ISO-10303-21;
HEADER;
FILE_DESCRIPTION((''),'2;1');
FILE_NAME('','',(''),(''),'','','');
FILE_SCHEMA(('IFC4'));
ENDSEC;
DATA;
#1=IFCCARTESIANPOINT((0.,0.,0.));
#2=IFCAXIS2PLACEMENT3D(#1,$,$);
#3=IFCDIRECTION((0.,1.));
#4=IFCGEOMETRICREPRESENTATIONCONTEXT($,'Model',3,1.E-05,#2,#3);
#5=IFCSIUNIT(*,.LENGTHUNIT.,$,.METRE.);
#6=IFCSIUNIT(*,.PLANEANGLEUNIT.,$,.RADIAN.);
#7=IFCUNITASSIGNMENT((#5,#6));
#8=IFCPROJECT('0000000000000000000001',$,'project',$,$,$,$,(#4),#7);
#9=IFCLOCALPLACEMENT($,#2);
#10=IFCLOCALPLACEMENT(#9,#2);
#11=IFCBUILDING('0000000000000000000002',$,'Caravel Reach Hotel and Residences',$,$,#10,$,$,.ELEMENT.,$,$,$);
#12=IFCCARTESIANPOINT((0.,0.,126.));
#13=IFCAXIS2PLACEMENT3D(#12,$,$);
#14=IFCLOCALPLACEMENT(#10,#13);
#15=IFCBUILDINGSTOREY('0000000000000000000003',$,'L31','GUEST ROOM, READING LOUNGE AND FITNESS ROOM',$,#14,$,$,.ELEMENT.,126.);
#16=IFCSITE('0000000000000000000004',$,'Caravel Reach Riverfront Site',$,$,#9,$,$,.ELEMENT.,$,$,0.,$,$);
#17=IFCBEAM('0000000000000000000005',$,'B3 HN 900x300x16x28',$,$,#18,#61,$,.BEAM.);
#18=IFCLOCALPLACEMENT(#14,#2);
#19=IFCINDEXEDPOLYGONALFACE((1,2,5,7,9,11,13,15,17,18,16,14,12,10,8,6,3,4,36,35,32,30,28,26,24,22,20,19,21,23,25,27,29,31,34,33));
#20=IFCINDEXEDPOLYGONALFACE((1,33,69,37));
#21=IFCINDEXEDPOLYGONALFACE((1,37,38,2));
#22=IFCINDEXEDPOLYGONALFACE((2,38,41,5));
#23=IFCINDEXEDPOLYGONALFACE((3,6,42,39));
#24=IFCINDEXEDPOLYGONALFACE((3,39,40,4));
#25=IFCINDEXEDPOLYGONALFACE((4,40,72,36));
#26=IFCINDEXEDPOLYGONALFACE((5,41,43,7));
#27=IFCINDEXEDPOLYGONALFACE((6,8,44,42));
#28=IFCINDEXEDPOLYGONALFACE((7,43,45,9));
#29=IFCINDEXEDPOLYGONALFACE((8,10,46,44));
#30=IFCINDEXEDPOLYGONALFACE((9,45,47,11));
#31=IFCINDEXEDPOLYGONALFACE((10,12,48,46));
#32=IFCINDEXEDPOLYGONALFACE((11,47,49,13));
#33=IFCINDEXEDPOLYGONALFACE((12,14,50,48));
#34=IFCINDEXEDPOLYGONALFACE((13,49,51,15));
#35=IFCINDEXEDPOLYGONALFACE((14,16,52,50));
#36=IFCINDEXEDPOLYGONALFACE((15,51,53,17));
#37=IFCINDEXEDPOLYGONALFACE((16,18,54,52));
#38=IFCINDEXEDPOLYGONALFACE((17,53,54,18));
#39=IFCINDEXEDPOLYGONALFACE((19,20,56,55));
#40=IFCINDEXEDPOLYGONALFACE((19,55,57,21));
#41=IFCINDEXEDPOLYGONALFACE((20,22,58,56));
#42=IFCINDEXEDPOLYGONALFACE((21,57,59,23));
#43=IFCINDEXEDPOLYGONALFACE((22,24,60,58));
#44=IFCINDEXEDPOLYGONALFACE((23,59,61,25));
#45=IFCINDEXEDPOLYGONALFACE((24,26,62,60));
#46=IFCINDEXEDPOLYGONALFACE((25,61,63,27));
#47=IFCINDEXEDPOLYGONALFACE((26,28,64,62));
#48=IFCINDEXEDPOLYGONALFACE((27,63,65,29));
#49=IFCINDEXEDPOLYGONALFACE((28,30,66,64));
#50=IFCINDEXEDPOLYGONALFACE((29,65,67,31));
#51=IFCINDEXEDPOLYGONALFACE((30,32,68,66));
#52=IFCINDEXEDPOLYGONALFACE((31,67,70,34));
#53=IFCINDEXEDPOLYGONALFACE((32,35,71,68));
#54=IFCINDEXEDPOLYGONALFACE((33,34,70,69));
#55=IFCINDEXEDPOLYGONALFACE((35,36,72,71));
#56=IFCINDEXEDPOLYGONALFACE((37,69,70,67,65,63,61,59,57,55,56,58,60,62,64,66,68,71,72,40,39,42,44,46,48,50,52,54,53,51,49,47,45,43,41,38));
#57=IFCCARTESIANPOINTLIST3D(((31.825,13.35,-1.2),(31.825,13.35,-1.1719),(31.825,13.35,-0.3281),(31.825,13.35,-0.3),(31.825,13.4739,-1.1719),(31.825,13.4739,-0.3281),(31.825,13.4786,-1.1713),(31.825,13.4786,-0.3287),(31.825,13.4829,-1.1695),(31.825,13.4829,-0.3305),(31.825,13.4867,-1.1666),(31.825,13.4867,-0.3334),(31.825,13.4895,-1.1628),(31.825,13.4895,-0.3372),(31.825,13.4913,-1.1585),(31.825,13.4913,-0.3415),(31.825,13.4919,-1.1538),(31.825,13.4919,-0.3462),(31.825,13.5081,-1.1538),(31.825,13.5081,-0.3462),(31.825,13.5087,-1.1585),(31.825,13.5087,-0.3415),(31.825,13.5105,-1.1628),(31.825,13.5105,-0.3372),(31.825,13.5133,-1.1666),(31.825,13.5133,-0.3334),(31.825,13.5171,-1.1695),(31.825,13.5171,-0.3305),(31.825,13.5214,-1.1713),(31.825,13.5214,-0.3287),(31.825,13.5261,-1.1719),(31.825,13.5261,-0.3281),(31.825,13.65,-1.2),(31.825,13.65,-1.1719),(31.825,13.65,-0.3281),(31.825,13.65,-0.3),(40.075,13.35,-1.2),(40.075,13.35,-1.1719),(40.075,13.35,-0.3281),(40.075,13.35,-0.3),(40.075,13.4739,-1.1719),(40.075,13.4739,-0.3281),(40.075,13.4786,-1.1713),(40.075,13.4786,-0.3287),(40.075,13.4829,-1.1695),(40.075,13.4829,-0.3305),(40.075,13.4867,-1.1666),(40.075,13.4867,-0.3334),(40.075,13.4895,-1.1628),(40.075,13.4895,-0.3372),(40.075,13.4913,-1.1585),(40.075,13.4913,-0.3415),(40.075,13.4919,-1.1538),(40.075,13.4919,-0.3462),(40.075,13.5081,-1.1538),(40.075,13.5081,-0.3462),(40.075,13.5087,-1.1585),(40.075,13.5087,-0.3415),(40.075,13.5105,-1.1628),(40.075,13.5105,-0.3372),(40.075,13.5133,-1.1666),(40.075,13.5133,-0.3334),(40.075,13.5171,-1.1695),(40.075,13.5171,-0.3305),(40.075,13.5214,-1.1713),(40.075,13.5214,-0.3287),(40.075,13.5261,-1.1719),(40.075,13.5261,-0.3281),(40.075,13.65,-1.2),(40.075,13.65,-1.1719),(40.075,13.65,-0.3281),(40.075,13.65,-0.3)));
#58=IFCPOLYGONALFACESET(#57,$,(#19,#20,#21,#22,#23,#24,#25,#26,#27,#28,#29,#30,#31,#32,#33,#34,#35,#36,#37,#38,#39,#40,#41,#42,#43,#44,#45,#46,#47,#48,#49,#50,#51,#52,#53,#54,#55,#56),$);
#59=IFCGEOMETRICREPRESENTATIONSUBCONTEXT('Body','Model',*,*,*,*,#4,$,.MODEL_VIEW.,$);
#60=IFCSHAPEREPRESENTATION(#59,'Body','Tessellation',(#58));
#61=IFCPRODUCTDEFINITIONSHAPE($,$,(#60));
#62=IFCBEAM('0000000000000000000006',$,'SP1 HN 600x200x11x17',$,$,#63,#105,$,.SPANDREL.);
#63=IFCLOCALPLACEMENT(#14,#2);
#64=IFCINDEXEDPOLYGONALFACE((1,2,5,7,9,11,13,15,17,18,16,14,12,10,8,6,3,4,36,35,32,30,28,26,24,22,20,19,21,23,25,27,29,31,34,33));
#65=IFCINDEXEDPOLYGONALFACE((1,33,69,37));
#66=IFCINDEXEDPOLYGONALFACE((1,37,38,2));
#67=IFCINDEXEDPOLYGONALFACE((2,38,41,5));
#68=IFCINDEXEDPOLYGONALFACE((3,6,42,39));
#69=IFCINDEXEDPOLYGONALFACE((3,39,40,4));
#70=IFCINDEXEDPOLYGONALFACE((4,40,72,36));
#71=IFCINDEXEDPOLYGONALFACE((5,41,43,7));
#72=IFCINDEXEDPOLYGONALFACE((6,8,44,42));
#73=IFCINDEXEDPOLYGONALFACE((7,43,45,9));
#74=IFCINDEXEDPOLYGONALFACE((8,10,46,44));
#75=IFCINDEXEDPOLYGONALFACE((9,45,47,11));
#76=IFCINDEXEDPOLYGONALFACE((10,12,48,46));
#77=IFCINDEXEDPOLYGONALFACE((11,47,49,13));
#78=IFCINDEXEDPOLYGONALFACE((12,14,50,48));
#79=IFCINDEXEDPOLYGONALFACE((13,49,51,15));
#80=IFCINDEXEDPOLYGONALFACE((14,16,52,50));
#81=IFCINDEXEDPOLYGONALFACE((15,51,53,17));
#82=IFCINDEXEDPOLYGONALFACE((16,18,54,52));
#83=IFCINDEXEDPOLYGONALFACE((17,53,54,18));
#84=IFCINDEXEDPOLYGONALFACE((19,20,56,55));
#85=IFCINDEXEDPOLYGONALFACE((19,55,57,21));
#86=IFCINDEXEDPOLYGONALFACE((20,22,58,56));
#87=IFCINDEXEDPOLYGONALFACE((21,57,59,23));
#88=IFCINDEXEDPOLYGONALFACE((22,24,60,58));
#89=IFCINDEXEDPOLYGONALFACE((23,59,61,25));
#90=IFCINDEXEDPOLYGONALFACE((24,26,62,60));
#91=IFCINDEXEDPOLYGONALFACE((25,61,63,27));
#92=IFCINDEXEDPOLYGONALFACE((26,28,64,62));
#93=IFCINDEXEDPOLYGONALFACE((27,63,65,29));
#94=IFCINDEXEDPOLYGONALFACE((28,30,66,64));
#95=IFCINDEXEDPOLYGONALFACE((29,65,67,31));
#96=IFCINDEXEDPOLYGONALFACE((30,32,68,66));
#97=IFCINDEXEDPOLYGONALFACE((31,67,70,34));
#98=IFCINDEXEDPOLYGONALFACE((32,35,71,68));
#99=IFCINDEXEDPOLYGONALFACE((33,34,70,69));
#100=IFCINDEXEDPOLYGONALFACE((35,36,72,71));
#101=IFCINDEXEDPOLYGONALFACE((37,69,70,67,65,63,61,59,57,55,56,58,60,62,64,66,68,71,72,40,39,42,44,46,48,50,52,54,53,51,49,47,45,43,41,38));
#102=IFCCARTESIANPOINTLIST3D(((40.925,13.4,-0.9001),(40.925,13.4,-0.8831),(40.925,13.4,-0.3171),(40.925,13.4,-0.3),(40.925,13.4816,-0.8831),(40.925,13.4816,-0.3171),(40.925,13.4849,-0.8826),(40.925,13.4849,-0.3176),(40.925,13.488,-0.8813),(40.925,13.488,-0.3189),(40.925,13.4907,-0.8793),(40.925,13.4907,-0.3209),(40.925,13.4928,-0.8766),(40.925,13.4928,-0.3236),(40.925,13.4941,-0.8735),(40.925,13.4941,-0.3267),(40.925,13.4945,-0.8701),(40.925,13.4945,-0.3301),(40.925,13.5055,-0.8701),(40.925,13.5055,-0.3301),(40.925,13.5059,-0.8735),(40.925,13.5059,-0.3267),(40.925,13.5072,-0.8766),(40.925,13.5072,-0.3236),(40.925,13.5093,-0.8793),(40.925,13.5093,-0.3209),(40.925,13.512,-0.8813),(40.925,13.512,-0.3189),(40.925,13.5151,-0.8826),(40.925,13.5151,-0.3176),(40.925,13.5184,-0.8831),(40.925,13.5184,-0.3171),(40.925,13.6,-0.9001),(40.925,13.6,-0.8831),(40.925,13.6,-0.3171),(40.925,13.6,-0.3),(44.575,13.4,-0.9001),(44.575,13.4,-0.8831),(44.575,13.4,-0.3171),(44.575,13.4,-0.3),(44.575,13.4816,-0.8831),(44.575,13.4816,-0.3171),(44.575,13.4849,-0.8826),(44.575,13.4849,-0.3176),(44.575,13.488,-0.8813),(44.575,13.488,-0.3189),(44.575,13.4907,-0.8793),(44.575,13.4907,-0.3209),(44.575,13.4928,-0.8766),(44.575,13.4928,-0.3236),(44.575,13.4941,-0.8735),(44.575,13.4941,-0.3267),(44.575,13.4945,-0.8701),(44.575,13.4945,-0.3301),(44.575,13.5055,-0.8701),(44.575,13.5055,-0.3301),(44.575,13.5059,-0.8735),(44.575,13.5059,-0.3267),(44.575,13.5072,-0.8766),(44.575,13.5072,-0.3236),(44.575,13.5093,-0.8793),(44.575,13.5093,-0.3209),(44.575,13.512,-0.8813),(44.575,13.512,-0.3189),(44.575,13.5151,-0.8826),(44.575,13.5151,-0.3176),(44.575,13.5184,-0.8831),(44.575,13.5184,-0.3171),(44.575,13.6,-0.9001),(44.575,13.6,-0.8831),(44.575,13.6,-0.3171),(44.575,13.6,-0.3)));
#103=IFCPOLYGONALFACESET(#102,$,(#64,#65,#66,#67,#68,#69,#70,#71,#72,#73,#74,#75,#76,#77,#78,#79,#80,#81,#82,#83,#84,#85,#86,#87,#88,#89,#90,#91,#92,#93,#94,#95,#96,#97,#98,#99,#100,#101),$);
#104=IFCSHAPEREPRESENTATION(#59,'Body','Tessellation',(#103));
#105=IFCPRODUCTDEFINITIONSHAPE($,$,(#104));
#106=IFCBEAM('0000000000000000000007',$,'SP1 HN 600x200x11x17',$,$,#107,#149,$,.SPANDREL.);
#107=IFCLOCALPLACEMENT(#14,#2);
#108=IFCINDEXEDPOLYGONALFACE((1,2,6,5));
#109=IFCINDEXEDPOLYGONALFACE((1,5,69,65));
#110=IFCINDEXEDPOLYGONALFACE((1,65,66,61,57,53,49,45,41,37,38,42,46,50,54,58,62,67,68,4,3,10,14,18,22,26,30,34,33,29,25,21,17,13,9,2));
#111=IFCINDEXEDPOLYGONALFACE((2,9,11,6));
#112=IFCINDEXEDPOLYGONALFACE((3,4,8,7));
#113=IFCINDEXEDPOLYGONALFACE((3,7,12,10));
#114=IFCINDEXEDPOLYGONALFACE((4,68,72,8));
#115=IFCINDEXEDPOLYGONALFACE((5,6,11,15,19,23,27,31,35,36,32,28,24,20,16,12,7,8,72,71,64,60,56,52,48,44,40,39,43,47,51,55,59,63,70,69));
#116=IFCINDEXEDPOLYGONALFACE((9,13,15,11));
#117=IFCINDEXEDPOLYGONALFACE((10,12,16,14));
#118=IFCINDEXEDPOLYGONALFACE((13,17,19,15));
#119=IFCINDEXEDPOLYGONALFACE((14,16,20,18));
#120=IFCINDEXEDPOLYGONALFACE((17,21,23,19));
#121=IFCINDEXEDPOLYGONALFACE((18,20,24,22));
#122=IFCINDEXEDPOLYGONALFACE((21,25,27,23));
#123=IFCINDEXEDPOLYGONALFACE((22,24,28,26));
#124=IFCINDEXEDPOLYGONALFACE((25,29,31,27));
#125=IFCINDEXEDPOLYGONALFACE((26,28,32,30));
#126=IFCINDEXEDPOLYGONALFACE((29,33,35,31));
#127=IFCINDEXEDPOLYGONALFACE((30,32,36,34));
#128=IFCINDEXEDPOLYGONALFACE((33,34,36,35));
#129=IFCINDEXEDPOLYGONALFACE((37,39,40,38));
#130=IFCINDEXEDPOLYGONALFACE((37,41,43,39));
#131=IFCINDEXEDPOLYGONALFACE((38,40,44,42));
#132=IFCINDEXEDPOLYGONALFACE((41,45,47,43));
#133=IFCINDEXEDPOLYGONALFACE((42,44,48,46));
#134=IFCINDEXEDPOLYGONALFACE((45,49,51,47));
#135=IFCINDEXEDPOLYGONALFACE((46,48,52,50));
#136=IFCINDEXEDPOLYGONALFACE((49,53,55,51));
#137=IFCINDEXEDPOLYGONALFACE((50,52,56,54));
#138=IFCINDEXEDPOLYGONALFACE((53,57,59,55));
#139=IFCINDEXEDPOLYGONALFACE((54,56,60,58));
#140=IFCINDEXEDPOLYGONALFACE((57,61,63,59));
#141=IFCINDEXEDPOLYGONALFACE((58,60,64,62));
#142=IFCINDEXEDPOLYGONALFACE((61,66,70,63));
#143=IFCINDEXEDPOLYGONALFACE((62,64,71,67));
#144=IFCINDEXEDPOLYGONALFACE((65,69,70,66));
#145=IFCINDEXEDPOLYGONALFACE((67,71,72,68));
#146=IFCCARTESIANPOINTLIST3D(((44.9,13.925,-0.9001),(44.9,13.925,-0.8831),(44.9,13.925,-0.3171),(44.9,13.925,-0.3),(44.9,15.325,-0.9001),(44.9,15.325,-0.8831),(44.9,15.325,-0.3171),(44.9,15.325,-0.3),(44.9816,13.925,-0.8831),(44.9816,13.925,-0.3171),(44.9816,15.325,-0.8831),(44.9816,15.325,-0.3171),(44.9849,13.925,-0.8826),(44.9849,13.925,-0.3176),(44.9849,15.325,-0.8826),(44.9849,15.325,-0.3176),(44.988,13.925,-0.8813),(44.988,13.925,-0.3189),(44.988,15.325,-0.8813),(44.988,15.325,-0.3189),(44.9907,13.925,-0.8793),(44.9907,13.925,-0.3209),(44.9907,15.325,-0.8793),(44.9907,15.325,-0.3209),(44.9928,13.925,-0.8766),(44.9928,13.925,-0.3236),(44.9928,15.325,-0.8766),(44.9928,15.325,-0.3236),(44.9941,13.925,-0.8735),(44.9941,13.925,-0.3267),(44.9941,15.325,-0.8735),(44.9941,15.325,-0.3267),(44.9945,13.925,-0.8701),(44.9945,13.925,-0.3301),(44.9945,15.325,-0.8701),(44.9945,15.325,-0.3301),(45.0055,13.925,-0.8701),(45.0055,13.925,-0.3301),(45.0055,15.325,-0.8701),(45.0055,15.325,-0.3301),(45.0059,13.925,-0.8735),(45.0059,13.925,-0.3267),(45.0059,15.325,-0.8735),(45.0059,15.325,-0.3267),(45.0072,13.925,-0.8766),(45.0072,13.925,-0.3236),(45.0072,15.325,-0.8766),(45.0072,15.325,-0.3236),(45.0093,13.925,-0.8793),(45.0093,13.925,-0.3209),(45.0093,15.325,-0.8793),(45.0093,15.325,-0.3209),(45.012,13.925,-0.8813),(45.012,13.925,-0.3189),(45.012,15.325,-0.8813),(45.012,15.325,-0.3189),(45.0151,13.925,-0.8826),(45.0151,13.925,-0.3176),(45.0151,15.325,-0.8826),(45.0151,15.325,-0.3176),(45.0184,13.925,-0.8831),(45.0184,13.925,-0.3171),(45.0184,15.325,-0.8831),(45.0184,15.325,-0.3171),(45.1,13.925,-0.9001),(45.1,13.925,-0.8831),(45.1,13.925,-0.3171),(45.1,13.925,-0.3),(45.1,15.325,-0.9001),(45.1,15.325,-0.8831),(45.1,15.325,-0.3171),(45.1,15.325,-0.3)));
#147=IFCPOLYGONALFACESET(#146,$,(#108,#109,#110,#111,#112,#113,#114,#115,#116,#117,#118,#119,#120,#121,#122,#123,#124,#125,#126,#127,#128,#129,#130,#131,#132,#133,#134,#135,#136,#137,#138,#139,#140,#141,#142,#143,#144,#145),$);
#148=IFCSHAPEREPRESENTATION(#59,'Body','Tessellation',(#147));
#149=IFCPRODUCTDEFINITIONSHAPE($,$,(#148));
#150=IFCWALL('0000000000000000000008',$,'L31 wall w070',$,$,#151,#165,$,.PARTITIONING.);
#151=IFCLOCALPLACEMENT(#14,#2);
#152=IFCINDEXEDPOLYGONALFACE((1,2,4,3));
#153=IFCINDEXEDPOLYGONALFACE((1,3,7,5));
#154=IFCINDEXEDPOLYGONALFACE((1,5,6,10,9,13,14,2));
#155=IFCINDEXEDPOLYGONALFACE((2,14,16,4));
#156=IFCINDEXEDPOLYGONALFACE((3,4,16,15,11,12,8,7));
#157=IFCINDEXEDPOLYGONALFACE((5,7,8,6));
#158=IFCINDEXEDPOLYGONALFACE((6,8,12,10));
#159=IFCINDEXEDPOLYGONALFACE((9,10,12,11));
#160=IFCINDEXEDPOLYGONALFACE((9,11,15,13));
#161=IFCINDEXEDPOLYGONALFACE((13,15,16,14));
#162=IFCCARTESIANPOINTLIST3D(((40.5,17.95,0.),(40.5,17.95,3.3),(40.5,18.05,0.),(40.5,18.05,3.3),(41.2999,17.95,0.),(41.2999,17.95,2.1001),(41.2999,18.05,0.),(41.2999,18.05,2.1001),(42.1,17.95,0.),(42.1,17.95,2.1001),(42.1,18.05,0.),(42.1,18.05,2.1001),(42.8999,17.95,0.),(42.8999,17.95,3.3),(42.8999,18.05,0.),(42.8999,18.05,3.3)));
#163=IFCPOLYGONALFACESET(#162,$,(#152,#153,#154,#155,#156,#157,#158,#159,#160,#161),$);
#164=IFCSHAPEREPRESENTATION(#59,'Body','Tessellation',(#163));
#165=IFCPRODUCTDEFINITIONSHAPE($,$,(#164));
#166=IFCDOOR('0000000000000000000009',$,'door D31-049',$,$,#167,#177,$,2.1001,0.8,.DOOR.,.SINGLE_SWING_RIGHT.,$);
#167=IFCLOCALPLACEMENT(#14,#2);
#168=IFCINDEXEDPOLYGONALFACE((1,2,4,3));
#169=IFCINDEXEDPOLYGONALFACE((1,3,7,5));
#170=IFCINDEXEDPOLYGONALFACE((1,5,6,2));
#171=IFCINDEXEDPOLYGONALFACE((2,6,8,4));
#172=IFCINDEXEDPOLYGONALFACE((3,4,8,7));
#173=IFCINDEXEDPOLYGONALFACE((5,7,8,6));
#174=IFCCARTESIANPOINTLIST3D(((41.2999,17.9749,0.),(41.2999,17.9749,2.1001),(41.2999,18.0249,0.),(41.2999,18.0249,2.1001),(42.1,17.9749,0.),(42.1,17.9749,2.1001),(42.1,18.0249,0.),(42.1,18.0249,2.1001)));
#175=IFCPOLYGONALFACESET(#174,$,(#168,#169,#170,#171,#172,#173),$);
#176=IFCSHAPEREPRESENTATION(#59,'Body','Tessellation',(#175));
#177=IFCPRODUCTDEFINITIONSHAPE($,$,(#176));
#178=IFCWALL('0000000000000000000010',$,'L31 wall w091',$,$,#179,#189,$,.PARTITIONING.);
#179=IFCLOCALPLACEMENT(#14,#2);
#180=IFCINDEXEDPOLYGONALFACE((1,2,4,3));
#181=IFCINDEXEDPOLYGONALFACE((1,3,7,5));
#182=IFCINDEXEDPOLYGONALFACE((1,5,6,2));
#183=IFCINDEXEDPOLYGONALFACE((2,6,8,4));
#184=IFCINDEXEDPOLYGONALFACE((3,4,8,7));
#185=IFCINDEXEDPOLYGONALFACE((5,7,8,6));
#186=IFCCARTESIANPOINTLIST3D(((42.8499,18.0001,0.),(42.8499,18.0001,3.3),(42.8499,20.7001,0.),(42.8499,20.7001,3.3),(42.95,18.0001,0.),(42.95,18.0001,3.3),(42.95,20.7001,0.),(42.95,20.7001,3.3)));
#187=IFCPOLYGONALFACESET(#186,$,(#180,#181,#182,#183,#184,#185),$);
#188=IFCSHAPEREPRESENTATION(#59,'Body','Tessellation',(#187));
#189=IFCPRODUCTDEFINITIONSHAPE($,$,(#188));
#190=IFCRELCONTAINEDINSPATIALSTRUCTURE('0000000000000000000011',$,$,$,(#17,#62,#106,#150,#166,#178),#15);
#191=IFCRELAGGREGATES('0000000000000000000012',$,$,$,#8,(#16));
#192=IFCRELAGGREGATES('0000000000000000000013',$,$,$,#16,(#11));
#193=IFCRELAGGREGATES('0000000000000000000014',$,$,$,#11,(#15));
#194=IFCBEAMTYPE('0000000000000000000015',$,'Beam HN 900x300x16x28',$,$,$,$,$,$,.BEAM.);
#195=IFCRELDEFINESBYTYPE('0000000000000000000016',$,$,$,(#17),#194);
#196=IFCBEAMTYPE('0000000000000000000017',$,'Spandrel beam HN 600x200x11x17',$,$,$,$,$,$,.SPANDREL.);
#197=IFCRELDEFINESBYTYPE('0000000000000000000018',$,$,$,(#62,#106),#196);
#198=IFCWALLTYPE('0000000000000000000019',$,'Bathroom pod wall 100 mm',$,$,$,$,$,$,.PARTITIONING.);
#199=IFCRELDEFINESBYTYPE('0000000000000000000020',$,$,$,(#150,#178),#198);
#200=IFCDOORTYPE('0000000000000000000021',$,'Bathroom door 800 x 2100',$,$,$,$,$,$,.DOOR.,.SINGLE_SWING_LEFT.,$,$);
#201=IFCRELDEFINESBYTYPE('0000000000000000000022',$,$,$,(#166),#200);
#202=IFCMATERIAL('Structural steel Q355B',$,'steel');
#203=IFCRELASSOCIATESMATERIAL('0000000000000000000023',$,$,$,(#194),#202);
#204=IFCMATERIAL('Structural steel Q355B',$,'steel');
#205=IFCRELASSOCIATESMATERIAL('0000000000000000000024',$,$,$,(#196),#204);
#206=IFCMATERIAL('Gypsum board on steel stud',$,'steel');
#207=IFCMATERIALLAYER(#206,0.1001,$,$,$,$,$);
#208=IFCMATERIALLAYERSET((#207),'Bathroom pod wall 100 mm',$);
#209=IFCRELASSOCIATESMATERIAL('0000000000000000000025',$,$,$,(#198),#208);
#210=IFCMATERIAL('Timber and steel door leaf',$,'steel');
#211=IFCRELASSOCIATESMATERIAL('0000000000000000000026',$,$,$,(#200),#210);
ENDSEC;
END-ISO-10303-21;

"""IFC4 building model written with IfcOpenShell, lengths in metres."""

from ifc_helpers import new_model, si_unit, direction, frame, frame_2d, origin, origin_2d, place, context, subcontext, project, spatial, rectangle, i_section, extrude, material, layer, layer_set, material_profile, profile_set, type_object, element, fill, save


model = new_model("IFC4")

# Units and contexts
model_context = context("Model", 3, precision=1e-05, world=origin(), true_north=direction((0.0, 1.0)))
body_context = subcontext(model_context, "Body", "Model", "MODEL_VIEW")
ifc_project = project(units=[si_unit("LENGTHUNIT", "METRE"), si_unit("PLANEANGLEUNIT", "RADIAN")], contexts=[model_context])

# Site, building, storey
site_placement = place(None, origin())
site = spatial("IfcSite", under=ifc_project, at=site_placement, Name="Caravel Reach Riverfront Site", CompositionType="ELEMENT", RefElevation=0.0)
building_placement = place(site_placement, origin())
building = spatial("IfcBuilding", under=site, at=building_placement, Name="Caravel Reach Hotel and Residences", CompositionType="ELEMENT")
storey_placement = place(building_placement, frame((0.0, 0.0, 126.0)))
storey = spatial("IfcBuildingStorey", under=building, at=storey_placement, Name="L31", Description="GUEST ROOM, READING LOUNGE AND FITNESS ROOM", CompositionType="ELEMENT", Elevation=126.0)

# Beams
ifc_material_1 = material(Name="Structural steel Q355B", Category="steel")
ifc_material_profile_1 = material_profile(ifc_material_1, i_section(OverallWidth=0.3, OverallDepth=0.8999, WebThickness=0.0161, FlangeThickness=0.0281, FilletRadius=0.0181, at=origin_2d()), Name="HN 900x300x16x28")
ifc_profile_set_1 = profile_set([ifc_material_profile_1], Name="Structural steel Q355B")
beam_type_1 = type_object("IfcBeamType", Name="Beam HN 900x300x16x28", PredefinedType="BEAM", material=ifc_profile_set_1)
beam_1_placement = place(storey_placement, frame((31.825, 13.5, -0.75), z_axis=(1.0, 0.0, 0.0), x_axis=(0.0, 1.0, 0.0)))
element("IfcBeam", 1, at=beam_1_placement, inside=storey, type_object=beam_type_1, Name="B3 HN 900x300x16x28", PredefinedType="BEAM", context=body_context, shape_type="SweptSolid", body=[
    extrude(i_section(OverallWidth=0.3, OverallDepth=0.8999, WebThickness=0.0161, FlangeThickness=0.0281, FilletRadius=0.0181, at=origin_2d()), origin(), (0.0, 0.0, 1.0), 8.25),
])
ifc_material_2 = material(Name="Structural steel Q355B", Category="steel")
ifc_material_profile_2 = material_profile(ifc_material_2, i_section(OverallWidth=0.2, OverallDepth=0.6001, WebThickness=0.011, FlangeThickness=0.0171, FilletRadius=0.0129, at=origin_2d()), Name="HN 600x200x11x17")
ifc_profile_set_2 = profile_set([ifc_material_profile_2], Name="Structural steel Q355B")
beam_type_2 = type_object("IfcBeamType", Name="Spandrel beam HN 600x200x11x17", PredefinedType="SPANDREL", material=ifc_profile_set_2)
beam_2_placement = place(storey_placement, frame((40.925, 13.5, -0.6001), z_axis=(1.0, 0.0, 0.0), x_axis=(0.0, 1.0, 0.0)))
element("IfcBeam", 2, at=beam_2_placement, inside=storey, type_object=beam_type_2, Name="SP1 HN 600x200x11x17", PredefinedType="SPANDREL", context=body_context, shape_type="SweptSolid", body=[
    extrude(i_section(OverallWidth=0.2, OverallDepth=0.6001, WebThickness=0.011, FlangeThickness=0.0171, FilletRadius=0.0129, at=origin_2d()), origin(), (0.0, 0.0, 1.0), 3.6499),
])
beam_3_placement = place(storey_placement, frame((45.0, 13.925, -0.6001), z_axis=(0.0, 1.0, 0.0), x_axis=(-1.0, 0.0, 0.0)))
element("IfcBeam", 3, at=beam_3_placement, inside=storey, type_object=beam_type_2, Name="SP1 HN 600x200x11x17", PredefinedType="SPANDREL", context=body_context, shape_type="SweptSolid", body=[
    extrude(i_section(OverallWidth=0.2, OverallDepth=0.6001, WebThickness=0.011, FlangeThickness=0.0171, FilletRadius=0.0129, at=origin_2d()), origin(), (0.0, 0.0, 1.0), 1.3999),
])

# Wall, opening, door
ifc_material_3 = material(Name="Gypsum board on steel stud", Category="steel")
ifc_layer_1 = layer(ifc_material_3, 0.1001)
ifc_layer_set_1 = layer_set([ifc_layer_1], Name="Bathroom pod wall 100 mm")
wall_type_1 = type_object("IfcWallType", Name="Bathroom pod wall 100 mm", PredefinedType="PARTITIONING", material=ifc_layer_set_1)
wall_1_placement = place(storey_placement, frame((40.5, 18.0, 0.0), z_axis=(0.0, 0.0, 1.0), x_axis=(1.0, 0.0, 0.0)))
wall_1 = element("IfcWall", 4, at=wall_1_placement, inside=storey, type_object=wall_type_1, Name="L31 wall w070", PredefinedType="PARTITIONING", context=body_context, shape_type="SweptSolid", body=[
    extrude(rectangle(XDim=2.3999, YDim=0.1001, at=frame_2d((1.2, 0.0))), origin(), (0.0, 0.0, 1.0), 3.3),
])
opening_1_placement = place(wall_1_placement, frame((0.8, 0.0, 0.0)))
opening_1 = element("IfcOpeningElement", 5, at=opening_1_placement, cuts=wall_1, PredefinedType="OPENING", context=body_context, shape_type="SweptSolid", body=[
    extrude(rectangle(XDim=0.8, YDim=2.1001, at=frame_2d((0.3999, 1.05))), frame((0.0, 0.0601, 0.0), z_axis=(0.0, -1.0, 0.0), x_axis=(1.0, 0.0, 0.0)), (0.0, 0.0, 1.0), 0.1201),
])
ifc_material_4 = material(Name="Timber and steel door leaf", Category="steel")
door_type_1 = type_object("IfcDoorType", Name="Bathroom door 800 x 2100", OperationType="SINGLE_SWING_LEFT", PredefinedType="DOOR", material=ifc_material_4)
door_1_placement = place(opening_1_placement, origin())
door_1 = element("IfcDoor", 6, at=door_1_placement, inside=storey, type_object=door_type_1, Name="door D31-049", OperationType="SINGLE_SWING_RIGHT", OverallHeight=2.1001, OverallWidth=0.8, PredefinedType="DOOR", context=body_context, shape_type="SweptSolid", body=[
    extrude(rectangle(XDim=0.8, YDim=2.1001, at=frame_2d((0.3999, 1.05))), frame((0.0, 0.0249, 0.0), z_axis=(0.0, -1.0, 0.0), x_axis=(1.0, 0.0, 0.0)), (0.0, 0.0, 1.0), 0.05),
])
fill(opening_1, door_1)

# Wall
wall_2_placement = place(storey_placement, frame((42.8999, 18.0, 0.0), z_axis=(0.0, 0.0, 1.0), x_axis=(0.0, 1.0, 0.0)))
element("IfcWall", 7, at=wall_2_placement, inside=storey, type_object=wall_type_1, Name="L31 wall w091", PredefinedType="PARTITIONING", context=body_context, shape_type="SweptSolid", body=[
    extrude(rectangle(XDim=2.7, YDim=0.1001, at=frame_2d((1.3501, 0.0))), origin(), (0.0, 0.0, 1.0), 3.3),
])

save(model, "model.ifc")
